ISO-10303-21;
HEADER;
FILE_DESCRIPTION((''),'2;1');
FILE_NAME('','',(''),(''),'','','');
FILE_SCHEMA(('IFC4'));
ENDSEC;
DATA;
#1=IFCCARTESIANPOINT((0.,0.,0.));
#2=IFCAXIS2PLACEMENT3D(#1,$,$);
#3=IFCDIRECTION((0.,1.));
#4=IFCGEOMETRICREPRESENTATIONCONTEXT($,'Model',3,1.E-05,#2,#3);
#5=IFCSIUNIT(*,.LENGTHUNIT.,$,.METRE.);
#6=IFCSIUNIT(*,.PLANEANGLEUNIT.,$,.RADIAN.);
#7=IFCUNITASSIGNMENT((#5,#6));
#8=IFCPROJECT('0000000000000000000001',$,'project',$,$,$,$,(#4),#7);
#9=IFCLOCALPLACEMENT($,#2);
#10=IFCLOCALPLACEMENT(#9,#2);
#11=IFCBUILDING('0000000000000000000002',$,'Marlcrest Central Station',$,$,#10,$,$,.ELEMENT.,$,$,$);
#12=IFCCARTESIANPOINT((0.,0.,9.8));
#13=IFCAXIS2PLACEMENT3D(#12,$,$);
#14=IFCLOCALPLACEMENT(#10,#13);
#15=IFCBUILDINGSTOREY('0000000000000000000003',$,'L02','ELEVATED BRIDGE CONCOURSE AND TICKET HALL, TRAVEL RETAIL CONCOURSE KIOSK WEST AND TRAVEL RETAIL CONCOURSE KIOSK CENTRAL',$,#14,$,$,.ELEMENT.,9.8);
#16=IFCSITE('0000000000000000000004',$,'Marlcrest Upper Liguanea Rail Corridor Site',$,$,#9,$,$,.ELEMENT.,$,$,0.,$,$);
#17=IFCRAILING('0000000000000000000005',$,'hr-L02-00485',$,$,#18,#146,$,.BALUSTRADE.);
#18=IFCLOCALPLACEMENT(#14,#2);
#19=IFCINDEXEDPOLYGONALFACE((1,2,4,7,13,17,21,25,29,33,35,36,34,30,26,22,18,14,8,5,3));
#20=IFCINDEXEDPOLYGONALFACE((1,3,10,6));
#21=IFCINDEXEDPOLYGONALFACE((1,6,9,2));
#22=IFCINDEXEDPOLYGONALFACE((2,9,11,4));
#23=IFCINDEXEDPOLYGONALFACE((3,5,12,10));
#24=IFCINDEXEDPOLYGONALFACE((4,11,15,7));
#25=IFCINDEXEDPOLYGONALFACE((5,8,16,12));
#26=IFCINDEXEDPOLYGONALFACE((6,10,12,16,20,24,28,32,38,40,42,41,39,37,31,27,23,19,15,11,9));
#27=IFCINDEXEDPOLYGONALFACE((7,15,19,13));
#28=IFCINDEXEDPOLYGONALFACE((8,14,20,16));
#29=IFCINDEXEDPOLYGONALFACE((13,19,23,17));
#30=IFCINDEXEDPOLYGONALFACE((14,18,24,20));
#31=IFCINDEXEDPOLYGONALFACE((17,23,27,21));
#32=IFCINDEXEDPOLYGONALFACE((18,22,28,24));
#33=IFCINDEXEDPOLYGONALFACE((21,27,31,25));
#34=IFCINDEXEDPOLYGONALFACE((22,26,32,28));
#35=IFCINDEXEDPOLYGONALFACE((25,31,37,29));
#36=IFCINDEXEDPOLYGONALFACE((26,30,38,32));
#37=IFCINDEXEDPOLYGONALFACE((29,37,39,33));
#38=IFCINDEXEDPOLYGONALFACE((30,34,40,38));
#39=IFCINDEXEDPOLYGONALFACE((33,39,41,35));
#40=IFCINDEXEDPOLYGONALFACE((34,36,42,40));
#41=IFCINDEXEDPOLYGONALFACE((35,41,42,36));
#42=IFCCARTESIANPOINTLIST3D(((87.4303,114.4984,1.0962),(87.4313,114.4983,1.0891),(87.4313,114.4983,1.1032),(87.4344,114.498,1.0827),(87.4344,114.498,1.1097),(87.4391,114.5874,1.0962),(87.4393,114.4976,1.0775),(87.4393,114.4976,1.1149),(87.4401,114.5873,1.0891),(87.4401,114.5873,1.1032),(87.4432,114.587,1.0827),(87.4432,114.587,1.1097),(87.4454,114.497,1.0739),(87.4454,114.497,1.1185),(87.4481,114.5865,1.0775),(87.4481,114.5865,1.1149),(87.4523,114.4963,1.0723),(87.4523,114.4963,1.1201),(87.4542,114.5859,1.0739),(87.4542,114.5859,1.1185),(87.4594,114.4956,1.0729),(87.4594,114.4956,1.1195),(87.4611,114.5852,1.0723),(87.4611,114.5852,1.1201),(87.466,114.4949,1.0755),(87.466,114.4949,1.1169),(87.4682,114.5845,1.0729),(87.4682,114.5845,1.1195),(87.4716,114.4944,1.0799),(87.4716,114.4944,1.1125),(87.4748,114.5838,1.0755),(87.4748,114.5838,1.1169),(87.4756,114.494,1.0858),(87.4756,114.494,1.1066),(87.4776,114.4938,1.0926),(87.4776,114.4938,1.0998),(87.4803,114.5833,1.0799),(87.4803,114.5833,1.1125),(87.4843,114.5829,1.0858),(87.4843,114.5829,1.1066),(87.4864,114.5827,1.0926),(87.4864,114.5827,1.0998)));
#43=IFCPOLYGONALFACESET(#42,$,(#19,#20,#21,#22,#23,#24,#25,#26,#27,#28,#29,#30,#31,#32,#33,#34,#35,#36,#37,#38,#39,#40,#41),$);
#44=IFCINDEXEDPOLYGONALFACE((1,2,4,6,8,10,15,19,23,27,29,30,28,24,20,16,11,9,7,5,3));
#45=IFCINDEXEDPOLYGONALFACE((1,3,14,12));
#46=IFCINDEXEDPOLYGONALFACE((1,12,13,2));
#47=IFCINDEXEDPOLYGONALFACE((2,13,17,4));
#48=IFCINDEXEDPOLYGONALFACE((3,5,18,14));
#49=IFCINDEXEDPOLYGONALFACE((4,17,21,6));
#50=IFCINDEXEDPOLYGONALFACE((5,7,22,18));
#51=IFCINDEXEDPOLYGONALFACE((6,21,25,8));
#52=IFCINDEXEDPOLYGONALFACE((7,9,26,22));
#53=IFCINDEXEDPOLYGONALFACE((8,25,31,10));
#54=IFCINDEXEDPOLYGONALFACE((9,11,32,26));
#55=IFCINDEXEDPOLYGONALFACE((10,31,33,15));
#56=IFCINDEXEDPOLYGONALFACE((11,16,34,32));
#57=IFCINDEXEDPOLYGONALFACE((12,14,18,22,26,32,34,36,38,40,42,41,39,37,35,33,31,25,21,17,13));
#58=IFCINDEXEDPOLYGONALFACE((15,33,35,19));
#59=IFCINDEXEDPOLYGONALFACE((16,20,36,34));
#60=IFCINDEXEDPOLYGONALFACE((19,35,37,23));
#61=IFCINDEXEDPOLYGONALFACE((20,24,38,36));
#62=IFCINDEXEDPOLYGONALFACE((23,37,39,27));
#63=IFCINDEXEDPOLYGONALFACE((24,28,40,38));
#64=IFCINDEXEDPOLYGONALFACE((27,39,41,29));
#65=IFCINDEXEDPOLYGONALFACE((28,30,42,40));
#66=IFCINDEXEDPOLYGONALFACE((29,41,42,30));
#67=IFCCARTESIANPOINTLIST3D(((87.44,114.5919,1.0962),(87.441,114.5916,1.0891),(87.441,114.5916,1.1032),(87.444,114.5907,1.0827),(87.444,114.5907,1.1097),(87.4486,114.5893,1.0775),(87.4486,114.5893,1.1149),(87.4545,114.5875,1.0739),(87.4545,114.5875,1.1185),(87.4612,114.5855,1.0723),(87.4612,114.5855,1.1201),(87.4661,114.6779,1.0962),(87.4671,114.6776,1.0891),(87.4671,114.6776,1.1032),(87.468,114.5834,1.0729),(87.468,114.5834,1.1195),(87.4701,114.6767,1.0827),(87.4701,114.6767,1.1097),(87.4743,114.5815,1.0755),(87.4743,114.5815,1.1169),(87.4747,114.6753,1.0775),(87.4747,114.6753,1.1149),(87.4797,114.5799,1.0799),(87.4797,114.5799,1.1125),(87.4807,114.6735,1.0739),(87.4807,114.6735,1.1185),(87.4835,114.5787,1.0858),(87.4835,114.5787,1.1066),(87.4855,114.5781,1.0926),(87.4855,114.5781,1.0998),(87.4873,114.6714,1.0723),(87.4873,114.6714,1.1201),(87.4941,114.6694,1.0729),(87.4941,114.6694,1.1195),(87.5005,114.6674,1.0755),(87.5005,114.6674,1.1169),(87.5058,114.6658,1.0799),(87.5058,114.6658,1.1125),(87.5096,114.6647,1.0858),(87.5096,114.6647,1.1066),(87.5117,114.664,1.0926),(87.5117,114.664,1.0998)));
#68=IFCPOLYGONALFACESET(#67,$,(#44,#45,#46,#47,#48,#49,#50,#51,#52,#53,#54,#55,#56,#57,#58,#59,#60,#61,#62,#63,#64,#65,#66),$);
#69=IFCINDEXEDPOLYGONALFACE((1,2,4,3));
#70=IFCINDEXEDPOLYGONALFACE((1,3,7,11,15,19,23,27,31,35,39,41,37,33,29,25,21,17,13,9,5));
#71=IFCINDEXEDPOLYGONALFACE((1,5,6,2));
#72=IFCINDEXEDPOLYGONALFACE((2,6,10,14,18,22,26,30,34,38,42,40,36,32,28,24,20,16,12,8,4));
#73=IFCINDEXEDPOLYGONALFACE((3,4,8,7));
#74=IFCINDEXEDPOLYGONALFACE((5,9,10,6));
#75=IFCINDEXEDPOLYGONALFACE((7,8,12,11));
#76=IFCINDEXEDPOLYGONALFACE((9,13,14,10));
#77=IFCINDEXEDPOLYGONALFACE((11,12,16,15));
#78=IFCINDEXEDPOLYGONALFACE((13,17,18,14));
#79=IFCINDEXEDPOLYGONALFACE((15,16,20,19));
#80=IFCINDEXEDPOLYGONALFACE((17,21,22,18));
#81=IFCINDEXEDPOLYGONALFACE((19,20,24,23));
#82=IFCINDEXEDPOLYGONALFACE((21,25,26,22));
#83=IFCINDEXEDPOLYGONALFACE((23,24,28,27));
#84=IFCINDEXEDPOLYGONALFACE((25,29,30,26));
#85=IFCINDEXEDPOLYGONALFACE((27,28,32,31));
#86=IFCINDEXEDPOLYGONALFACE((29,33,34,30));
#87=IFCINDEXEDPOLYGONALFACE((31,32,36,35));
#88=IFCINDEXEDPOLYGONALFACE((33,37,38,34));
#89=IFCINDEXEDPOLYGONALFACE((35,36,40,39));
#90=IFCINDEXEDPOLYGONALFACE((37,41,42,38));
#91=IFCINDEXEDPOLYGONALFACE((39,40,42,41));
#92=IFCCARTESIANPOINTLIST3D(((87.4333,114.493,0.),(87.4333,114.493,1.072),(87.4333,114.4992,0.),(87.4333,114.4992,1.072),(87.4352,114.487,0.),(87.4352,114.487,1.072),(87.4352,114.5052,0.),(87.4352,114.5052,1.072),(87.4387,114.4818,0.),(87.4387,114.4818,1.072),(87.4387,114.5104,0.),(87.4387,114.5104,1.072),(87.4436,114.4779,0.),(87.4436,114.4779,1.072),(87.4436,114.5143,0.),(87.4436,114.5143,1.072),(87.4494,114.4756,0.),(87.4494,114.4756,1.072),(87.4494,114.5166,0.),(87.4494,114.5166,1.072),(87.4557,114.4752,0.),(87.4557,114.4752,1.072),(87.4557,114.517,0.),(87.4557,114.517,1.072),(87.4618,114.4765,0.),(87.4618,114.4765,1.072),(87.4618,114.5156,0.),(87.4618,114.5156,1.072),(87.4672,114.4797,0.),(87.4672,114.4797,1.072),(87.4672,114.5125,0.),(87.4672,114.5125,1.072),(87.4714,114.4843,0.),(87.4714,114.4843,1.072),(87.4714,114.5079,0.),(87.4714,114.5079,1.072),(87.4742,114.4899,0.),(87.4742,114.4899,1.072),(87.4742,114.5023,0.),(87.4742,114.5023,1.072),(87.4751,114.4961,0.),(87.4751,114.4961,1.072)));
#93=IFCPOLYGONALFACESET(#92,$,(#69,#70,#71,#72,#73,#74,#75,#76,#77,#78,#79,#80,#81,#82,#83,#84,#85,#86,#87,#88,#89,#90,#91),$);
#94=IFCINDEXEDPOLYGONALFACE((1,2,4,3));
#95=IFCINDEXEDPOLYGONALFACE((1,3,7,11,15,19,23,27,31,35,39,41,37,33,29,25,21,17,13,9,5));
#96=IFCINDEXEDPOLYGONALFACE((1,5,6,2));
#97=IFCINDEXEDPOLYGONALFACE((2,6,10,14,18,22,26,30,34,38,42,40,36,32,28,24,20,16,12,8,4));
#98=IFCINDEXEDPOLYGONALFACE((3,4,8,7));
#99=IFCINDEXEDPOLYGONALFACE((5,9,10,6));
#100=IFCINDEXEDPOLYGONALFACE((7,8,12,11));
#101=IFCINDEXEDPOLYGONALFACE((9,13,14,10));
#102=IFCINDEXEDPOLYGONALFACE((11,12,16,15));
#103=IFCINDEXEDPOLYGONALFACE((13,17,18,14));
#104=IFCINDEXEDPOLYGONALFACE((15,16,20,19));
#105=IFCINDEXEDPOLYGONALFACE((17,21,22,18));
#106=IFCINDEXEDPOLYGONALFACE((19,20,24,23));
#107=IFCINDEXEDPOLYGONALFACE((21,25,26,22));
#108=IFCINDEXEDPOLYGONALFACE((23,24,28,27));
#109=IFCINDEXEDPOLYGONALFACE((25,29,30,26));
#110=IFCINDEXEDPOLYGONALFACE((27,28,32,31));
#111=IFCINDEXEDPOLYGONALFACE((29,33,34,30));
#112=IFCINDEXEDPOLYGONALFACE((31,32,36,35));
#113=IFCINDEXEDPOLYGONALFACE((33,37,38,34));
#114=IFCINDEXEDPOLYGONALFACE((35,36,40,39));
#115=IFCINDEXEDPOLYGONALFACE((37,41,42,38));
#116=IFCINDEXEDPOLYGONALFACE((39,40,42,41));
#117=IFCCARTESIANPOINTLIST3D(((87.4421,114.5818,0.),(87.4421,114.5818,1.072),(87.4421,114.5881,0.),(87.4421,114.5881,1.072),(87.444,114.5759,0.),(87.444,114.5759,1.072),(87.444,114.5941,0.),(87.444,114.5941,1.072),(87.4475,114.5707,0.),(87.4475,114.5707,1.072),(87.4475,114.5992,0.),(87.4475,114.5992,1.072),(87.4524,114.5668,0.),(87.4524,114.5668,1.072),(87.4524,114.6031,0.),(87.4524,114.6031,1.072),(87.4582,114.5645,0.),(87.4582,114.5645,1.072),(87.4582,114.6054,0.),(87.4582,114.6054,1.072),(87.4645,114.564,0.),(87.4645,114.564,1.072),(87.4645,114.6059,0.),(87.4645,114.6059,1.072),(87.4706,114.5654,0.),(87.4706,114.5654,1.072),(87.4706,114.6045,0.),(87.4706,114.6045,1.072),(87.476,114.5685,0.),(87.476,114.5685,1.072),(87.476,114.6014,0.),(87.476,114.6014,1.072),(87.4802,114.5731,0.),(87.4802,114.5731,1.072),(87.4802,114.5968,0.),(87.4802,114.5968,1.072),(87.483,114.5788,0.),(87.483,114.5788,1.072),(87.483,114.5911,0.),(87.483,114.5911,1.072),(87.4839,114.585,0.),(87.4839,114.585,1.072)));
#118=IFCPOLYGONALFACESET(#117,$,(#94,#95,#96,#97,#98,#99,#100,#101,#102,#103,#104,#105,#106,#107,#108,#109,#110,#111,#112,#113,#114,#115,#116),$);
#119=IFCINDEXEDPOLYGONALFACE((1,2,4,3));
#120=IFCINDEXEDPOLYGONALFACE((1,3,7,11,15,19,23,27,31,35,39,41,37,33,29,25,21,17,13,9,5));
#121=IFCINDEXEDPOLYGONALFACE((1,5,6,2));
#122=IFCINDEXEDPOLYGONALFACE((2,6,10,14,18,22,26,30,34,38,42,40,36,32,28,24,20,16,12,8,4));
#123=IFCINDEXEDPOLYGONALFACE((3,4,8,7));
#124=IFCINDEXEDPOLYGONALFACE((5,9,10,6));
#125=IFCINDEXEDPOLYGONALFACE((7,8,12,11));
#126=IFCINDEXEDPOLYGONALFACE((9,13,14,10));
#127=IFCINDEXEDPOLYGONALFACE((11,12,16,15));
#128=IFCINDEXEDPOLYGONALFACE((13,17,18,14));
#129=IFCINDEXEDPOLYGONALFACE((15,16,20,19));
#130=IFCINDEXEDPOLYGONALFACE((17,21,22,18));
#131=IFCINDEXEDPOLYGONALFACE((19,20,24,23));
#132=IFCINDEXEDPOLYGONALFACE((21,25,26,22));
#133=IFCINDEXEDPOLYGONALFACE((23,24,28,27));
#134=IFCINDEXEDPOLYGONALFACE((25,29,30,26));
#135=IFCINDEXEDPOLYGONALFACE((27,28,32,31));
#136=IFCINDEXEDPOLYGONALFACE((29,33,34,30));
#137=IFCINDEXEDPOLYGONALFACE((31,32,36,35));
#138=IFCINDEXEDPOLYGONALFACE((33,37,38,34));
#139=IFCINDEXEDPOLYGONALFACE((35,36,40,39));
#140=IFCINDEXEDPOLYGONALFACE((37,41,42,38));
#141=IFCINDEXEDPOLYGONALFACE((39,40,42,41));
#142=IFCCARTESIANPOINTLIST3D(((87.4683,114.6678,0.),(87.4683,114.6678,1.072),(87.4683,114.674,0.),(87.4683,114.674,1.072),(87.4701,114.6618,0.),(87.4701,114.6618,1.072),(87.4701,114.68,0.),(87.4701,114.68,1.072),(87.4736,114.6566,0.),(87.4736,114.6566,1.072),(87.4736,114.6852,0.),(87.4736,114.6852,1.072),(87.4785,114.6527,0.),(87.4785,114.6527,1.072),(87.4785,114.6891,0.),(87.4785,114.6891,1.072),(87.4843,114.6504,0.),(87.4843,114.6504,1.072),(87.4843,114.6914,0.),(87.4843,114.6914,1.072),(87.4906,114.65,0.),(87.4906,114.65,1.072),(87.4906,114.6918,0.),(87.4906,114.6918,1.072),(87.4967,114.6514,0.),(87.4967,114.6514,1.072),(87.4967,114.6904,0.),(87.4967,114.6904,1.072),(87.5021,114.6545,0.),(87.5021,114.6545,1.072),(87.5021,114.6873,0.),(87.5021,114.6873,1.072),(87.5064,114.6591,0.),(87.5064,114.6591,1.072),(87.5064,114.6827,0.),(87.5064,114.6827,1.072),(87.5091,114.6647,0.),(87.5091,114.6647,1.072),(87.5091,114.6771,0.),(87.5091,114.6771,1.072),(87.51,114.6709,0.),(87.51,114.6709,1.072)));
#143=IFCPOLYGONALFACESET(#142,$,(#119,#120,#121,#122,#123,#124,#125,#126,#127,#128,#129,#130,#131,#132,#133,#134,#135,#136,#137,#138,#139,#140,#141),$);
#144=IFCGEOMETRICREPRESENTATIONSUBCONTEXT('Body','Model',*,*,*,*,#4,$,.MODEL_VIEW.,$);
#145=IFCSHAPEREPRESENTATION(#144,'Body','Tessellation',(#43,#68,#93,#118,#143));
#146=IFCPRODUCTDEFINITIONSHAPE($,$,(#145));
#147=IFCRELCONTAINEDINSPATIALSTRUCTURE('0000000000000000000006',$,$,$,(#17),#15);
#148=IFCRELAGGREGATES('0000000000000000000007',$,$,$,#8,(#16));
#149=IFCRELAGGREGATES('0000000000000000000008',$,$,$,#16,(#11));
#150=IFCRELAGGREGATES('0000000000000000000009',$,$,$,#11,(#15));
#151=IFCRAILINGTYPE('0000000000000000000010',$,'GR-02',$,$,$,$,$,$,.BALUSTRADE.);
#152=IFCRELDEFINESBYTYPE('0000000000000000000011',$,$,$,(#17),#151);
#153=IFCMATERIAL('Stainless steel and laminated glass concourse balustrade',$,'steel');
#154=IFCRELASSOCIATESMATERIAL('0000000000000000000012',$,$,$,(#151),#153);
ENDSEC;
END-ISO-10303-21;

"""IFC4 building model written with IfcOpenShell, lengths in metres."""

from ifc_helpers import new_model, si_unit, direction, frame, origin, origin_2d, place, context, subcontext, project, spatial, circle, extrude, material, type_object, element, save


model = new_model("IFC4")

# Units and contexts
model_context = context("Model", 3, precision=1e-05, world=origin(), true_north=direction((0.0, 1.0)))
body_context = subcontext(model_context, "Body", "Model", "MODEL_VIEW")
ifc_project = project(units=[si_unit("LENGTHUNIT", "METRE"), si_unit("PLANEANGLEUNIT", "RADIAN")], contexts=[model_context])

# Site, building, storey
site_placement = place(None, origin())
site = spatial("IfcSite", under=ifc_project, at=site_placement, Name="Marlcrest Upper Liguanea Rail Corridor Site", CompositionType="ELEMENT", RefElevation=0.0)
building_placement = place(site_placement, origin())
building = spatial("IfcBuilding", under=site, at=building_placement, Name="Marlcrest Central Station", CompositionType="ELEMENT")
storey_placement = place(building_placement, frame((0.0, 0.0, 9.8)))
storey = spatial("IfcBuildingStorey", under=building, at=storey_placement, Name="L02", Description="ELEVATED BRIDGE CONCOURSE AND TICKET HALL, TRAVEL RETAIL CONCOURSE KIOSK WEST AND TRAVEL RETAIL CONCOURSE KIOSK CENTRAL", CompositionType="ELEMENT", Elevation=9.8)

# Railing
ifc_material_1 = material(Name="Stainless steel and laminated glass concourse balustrade", Category="steel")
railing_type = type_object("IfcRailingType", Name="GR-02", PredefinedType="BALUSTRADE", material=ifc_material_1)
railing_1_placement = place(storey_placement, frame((87.4541, 114.4961, 0.0)))
element("IfcRailing", 1, at=railing_1_placement, inside=storey, type_object=railing_type, Name="hr-L02-00485", PredefinedType="BALUSTRADE", context=body_context, shape_type="SweptSolid", body=[
    extrude(circle(Radius=0.0239, at=origin_2d()), frame((0.0, 0.0, 1.0962), z_axis=(0.098421, 0.995145, 0.0), x_axis=(-0.995145, 0.098421, 0.0)), (0.0, 0.0, 1.0), 0.0894),
    extrude(circle(Radius=0.0239, at=origin_2d()), frame((0.0088, 0.0889, 1.0962), z_axis=(0.290837, 0.956773, 0.0), x_axis=(-0.956773, 0.290837, 0.0)), (0.0, 0.0, 1.0), 0.0898),
    extrude(circle(Radius=0.021, at=origin_2d()), origin(), (0.0, 0.0, 1.0), 1.072),
    extrude(circle(Radius=0.021, at=origin_2d()), frame((0.0088, 0.0889, 0.0)), (0.0, 0.0, 1.0), 1.072),
    extrude(circle(Radius=0.021, at=origin_2d()), frame((0.0349, 0.1748, 0.0)), (0.0, 0.0, 1.0), 1.072),
])

save(model, "model.ifc")
